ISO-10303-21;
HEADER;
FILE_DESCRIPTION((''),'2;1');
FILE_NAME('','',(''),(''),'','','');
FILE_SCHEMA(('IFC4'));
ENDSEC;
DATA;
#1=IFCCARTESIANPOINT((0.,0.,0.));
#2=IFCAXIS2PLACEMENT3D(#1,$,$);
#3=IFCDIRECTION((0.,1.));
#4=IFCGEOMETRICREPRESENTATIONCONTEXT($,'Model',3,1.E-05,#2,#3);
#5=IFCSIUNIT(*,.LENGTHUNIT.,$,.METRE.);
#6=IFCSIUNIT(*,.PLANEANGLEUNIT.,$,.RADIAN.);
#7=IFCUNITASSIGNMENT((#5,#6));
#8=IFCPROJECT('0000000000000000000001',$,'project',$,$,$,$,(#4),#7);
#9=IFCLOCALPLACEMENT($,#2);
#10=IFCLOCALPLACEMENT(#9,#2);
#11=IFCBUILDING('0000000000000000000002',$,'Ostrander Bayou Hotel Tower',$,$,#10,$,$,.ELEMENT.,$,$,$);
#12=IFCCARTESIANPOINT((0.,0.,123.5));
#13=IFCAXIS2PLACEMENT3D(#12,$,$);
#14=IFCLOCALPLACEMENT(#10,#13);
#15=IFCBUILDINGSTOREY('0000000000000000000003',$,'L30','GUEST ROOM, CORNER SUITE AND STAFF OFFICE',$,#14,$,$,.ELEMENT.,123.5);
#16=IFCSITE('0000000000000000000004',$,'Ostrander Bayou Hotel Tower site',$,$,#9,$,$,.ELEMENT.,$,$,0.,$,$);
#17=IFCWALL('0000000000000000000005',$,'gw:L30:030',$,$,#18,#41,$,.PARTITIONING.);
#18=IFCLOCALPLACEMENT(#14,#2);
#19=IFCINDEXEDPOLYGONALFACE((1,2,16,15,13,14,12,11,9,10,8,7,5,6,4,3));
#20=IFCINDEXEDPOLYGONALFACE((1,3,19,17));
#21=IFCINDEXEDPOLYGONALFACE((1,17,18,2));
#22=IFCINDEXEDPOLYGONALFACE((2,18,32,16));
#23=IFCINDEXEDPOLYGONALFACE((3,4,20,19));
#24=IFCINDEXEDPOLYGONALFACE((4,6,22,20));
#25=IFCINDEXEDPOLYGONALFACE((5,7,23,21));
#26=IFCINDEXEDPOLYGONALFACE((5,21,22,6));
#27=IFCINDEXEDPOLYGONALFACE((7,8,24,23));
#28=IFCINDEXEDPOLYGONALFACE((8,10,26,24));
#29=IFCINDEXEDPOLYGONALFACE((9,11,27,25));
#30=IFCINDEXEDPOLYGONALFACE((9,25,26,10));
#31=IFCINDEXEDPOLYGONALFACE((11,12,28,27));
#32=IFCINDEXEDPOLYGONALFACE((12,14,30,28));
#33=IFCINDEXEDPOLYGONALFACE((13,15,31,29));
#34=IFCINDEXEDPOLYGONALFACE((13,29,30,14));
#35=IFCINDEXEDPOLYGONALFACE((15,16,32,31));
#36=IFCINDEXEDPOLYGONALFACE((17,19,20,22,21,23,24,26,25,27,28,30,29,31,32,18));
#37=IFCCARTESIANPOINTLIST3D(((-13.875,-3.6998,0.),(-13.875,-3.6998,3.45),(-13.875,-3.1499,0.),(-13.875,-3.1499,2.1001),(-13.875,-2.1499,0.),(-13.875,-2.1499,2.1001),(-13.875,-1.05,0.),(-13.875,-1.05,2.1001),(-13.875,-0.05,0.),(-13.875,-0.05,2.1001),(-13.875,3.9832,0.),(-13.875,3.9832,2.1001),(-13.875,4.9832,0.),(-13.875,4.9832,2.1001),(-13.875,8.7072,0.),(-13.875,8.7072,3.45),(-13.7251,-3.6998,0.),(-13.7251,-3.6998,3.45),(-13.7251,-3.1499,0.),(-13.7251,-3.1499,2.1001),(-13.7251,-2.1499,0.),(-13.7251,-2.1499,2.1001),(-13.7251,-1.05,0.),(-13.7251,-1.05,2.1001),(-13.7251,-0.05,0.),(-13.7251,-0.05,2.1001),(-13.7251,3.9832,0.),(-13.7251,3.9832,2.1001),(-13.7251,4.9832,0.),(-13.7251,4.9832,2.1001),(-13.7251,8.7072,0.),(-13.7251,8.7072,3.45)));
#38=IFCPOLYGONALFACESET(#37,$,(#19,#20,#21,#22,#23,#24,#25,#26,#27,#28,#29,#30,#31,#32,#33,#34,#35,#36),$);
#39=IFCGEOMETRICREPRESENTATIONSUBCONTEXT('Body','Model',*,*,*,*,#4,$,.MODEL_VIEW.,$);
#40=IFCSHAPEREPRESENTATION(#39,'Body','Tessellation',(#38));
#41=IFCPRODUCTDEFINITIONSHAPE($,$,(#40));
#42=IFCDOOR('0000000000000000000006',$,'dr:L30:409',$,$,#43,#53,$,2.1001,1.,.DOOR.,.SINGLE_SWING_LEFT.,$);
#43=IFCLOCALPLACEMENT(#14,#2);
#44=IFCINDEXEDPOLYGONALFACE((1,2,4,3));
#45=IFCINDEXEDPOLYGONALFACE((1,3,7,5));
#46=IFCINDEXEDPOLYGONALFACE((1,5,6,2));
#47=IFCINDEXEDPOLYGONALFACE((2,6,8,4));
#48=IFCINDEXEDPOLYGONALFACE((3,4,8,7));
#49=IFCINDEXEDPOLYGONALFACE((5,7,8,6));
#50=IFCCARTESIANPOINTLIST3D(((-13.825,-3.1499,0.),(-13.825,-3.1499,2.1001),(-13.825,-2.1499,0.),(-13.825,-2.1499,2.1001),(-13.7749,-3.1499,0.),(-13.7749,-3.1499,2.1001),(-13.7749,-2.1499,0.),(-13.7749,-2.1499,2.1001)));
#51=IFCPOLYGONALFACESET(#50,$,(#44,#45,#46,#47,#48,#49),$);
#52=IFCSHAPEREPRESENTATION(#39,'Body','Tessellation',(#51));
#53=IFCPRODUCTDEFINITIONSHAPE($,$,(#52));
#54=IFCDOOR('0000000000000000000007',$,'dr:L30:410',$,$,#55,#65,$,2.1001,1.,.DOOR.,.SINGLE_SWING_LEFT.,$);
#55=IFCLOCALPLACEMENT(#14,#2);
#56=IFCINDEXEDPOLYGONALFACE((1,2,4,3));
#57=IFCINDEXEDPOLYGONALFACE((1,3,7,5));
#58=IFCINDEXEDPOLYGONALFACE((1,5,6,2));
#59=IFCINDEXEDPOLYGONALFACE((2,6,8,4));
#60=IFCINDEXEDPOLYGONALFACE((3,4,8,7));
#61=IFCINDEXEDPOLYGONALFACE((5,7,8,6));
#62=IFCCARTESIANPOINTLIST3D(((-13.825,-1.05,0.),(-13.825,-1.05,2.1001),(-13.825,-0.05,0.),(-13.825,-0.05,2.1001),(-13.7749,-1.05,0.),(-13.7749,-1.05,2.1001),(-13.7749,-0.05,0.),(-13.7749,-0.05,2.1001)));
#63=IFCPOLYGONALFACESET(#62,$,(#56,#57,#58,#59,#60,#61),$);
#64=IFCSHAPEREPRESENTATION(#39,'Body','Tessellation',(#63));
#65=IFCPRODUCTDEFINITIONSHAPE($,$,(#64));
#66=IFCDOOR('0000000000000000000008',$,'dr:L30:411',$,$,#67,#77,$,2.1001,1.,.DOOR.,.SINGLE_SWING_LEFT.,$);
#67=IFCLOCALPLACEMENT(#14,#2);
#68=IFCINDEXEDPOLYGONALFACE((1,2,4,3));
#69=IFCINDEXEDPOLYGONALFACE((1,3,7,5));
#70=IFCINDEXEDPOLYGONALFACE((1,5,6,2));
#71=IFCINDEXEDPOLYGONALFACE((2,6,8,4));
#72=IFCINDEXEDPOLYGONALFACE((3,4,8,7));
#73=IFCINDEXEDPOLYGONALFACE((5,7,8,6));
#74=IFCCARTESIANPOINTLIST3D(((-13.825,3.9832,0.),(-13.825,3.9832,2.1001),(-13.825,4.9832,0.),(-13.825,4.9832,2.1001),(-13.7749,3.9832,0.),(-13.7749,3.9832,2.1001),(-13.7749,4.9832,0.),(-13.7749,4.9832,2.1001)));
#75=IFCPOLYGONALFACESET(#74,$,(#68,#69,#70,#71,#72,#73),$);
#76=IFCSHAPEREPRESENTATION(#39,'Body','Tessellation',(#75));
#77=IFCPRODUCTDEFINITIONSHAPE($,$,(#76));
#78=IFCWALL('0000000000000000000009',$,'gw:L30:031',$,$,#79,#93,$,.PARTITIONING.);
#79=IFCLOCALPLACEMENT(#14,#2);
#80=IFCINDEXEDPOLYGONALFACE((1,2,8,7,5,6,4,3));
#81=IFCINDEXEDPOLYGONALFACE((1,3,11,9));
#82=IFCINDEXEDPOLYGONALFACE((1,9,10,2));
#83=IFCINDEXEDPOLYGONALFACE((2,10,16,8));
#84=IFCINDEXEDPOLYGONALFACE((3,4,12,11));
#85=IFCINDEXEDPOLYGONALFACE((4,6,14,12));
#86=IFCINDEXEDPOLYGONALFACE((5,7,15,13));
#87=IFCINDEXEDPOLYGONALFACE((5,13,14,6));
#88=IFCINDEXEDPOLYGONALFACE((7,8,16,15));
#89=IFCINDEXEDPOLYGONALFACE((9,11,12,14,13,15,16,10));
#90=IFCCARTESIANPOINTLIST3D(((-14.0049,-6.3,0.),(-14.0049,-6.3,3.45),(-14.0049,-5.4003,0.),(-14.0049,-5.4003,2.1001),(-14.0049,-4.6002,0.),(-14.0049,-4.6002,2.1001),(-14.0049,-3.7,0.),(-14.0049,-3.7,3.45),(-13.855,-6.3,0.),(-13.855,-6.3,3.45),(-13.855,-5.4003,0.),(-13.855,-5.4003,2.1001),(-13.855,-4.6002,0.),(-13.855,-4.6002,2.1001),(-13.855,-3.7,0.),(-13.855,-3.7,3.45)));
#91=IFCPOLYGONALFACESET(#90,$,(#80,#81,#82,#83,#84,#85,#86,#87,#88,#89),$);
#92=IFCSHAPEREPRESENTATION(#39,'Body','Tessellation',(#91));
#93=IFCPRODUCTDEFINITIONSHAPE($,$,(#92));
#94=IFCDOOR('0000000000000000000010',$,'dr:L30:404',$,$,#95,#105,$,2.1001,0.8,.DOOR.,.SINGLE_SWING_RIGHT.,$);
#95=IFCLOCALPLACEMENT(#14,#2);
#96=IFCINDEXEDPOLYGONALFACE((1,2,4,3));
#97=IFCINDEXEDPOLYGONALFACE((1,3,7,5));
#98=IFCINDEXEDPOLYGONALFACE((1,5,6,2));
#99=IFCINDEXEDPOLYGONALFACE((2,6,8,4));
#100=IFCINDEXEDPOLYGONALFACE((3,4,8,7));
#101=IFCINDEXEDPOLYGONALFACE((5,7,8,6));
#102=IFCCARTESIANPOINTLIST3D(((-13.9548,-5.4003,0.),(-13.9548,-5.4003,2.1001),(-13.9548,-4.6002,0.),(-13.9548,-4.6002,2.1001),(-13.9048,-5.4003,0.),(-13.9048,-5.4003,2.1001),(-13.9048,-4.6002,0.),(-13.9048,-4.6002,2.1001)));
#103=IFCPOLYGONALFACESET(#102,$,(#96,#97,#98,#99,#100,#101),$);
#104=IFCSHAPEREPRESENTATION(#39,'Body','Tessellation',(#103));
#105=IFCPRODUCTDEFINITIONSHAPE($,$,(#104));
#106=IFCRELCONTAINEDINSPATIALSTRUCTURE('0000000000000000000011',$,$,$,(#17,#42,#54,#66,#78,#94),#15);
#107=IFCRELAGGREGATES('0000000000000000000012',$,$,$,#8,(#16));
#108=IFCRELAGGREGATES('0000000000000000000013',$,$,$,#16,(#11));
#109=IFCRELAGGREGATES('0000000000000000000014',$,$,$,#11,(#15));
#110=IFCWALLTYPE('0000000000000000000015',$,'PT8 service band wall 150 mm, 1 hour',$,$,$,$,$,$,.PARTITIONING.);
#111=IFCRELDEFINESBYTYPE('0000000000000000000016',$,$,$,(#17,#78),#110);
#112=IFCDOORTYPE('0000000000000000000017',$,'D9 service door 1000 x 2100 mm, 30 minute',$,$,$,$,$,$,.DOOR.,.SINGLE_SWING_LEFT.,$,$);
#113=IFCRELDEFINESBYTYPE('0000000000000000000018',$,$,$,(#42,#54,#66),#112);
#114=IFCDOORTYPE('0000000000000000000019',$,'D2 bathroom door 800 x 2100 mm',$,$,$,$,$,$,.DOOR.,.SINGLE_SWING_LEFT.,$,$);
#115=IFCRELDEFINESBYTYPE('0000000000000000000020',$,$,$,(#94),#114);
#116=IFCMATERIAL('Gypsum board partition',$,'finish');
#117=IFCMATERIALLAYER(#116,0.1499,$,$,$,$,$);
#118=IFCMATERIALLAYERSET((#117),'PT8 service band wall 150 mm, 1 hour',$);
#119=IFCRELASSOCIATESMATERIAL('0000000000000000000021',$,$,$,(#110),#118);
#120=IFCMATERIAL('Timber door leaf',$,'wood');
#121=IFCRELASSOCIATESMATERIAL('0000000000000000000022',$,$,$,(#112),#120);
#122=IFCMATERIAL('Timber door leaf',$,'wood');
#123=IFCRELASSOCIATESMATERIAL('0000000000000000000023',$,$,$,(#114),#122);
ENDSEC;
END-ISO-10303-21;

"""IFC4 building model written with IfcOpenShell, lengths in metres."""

from ifc_helpers import new_model, si_unit, direction, frame, frame_2d, origin, place, context, subcontext, project, spatial, rectangle, extrude, material, layer, layer_set, type_object, element, fill, save


model = new_model("IFC4")

# Units and contexts
model_context = context("Model", 3, precision=1e-05, world=origin(), true_north=direction((0.0, 1.0)))
body_context = subcontext(model_context, "Body", "Model", "MODEL_VIEW")
ifc_project = project(units=[si_unit("LENGTHUNIT", "METRE"), si_unit("PLANEANGLEUNIT", "RADIAN")], contexts=[model_context])

# Site, building, storey
site_placement = place(None, origin())
site = spatial("IfcSite", under=ifc_project, at=site_placement, Name="Ostrander Bayou Hotel Tower site", CompositionType="ELEMENT", RefElevation=0.0)
building_placement = place(site_placement, origin())
building = spatial("IfcBuilding", under=site, at=building_placement, Name="Ostrander Bayou Hotel Tower", CompositionType="ELEMENT")
storey_placement = place(building_placement, frame((0.0, 0.0, 123.5)))
storey = spatial("IfcBuildingStorey", under=building, at=storey_placement, Name="L30", Description="GUEST ROOM, CORNER SUITE AND STAFF OFFICE", CompositionType="ELEMENT", Elevation=123.5)

# Shared definitions
ifc_material_1 = material(Name="Gypsum board partition", Category="finish")
ifc_layer_1 = layer(ifc_material_1, 0.1499)
ifc_layer_set_1 = layer_set([ifc_layer_1], Name="PT8 service band wall 150 mm, 1 hour")
wall_type_1 = type_object("IfcWallType", Name="PT8 service band wall 150 mm, 1 hour", PredefinedType="PARTITIONING", material=ifc_layer_set_1)

# Wall, openings, doors
wall_1_placement = place(storey_placement, frame((-13.8, -3.7, 0.0), z_axis=(0.0, 0.0, 1.0), x_axis=(0.0, 1.0, 0.0)))
wall_1 = element("IfcWall", 1, at=wall_1_placement, inside=storey, type_object=wall_type_1, Name="gw:L30:030", PredefinedType="PARTITIONING", context=body_context, shape_type="SweptSolid", body=[
    extrude(rectangle(XDim=12.407, YDim=0.1499, at=frame_2d((6.2036, 0.0))), origin(), (0.0, 0.0, 1.0), 3.45),
])
opening_1_placement = place(wall_1_placement, frame((0.55, 0.0, 0.0)))
opening_1 = element("IfcOpeningElement", 2, at=opening_1_placement, cuts=wall_1, PredefinedType="OPENING", context=body_context, shape_type="SweptSolid", body=[
    extrude(rectangle(XDim=1.0, YDim=2.1001, at=frame_2d((0.5, 1.05))), frame((0.0, 0.075, 0.0), z_axis=(0.0, -1.0, 0.0), x_axis=(1.0, 0.0, 0.0)), (0.0, 0.0, 1.0), 0.1499),
])
opening_2_placement = place(wall_1_placement, frame((2.6499, 0.0, 0.0)))
opening_2 = element("IfcOpeningElement", 3, at=opening_2_placement, cuts=wall_1, PredefinedType="OPENING", context=body_context, shape_type="SweptSolid", body=[
    extrude(rectangle(XDim=1.0, YDim=2.1001, at=frame_2d((0.5, 1.05))), frame((0.0, 0.075, 0.0), z_axis=(0.0, -1.0, 0.0), x_axis=(1.0, 0.0, 0.0)), (0.0, 0.0, 1.0), 0.1499),
])
opening_3_placement = place(wall_1_placement, frame((7.6831, 0.0, 0.0)))
opening_3 = element("IfcOpeningElement", 4, at=opening_3_placement, cuts=wall_1, PredefinedType="OPENING", context=body_context, shape_type="SweptSolid", body=[
    extrude(rectangle(XDim=1.0, YDim=2.1001, at=frame_2d((0.5, 1.05))), frame((0.0, 0.075, 0.0), z_axis=(0.0, -1.0, 0.0), x_axis=(1.0, 0.0, 0.0)), (0.0, 0.0, 1.0), 0.1499),
])
ifc_material_2 = material(Name="Timber door leaf", Category="wood")
door_type_1 = type_object("IfcDoorType", Name="D9 service door 1000 x 2100 mm, 30 minute", OperationType="SINGLE_SWING_LEFT", PredefinedType="DOOR", material=ifc_material_2)
door_1_placement = place(opening_1_placement, origin())
door_1 = element("IfcDoor", 5, at=door_1_placement, inside=storey, type_object=door_type_1, Name="dr:L30:409", OperationType="SINGLE_SWING_LEFT", OverallHeight=2.1001, OverallWidth=1.0, PredefinedType="DOOR", context=body_context, shape_type="SweptSolid", body=[
    extrude(rectangle(XDim=1.0, YDim=2.1001, at=frame_2d((0.5, 1.05))), frame((0.0, 0.0249, 0.0), z_axis=(0.0, -1.0, 0.0), x_axis=(1.0, 0.0, 0.0)), (0.0, 0.0, 1.0), 0.05),
])
fill(opening_1, door_1)
door_2_placement = place(opening_2_placement, origin())
door_2 = element("IfcDoor", 6, at=door_2_placement, inside=storey, type_object=door_type_1, Name="dr:L30:410", OperationType="SINGLE_SWING_LEFT", OverallHeight=2.1001, OverallWidth=1.0, PredefinedType="DOOR", context=body_context, shape_type="SweptSolid", body=[
    extrude(rectangle(XDim=1.0, YDim=2.1001, at=frame_2d((0.5, 1.05))), frame((0.0, 0.0249, 0.0), z_axis=(0.0, -1.0, 0.0), x_axis=(1.0, 0.0, 0.0)), (0.0, 0.0, 1.0), 0.05),
])
fill(opening_2, door_2)
door_3_placement = place(opening_3_placement, origin())
door_3 = element("IfcDoor", 7, at=door_3_placement, inside=storey, type_object=door_type_1, Name="dr:L30:411", OperationType="SINGLE_SWING_LEFT", OverallHeight=2.1001, OverallWidth=1.0, PredefinedType="DOOR", context=body_context, shape_type="SweptSolid", body=[
    extrude(rectangle(XDim=1.0, YDim=2.1001, at=frame_2d((0.5, 1.05))), frame((0.0, 0.0249, 0.0), z_axis=(0.0, -1.0, 0.0), x_axis=(1.0, 0.0, 0.0)), (0.0, 0.0, 1.0), 0.05),
])
fill(opening_3, door_3)

# Wall, opening, door
wall_2_placement = place(storey_placement, frame((-13.9299, -6.3, 0.0), z_axis=(0.0, 0.0, 1.0), x_axis=(0.0, 1.0, 0.0)))
wall_2 = element("IfcWall", 8, at=wall_2_placement, inside=storey, type_object=wall_type_1, Name="gw:L30:031", PredefinedType="PARTITIONING", context=body_context, shape_type="SweptSolid", body=[
    extrude(rectangle(XDim=2.6001, YDim=0.1499, at=frame_2d((1.3, 0.0))), origin(), (0.0, 0.0, 1.0), 3.45),
])
opening_4_placement = place(wall_2_placement, frame((0.8999, 0.0, 0.0)))
opening_4 = element("IfcOpeningElement", 9, at=opening_4_placement, cuts=wall_2, PredefinedType="OPENING", context=body_context, shape_type="SweptSolid", body=[
    extrude(rectangle(XDim=0.8, YDim=2.1001, at=frame_2d((0.3999, 1.05))), frame((0.0, 0.075, 0.0), z_axis=(0.0, -1.0, 0.0), x_axis=(1.0, 0.0, 0.0)), (0.0, 0.0, 1.0), 0.1499),
])
ifc_material_3 = material(Name="Timber door leaf", Category="wood")
door_type_2 = type_object("IfcDoorType", Name="D2 bathroom door 800 x 2100 mm", OperationType="SINGLE_SWING_LEFT", PredefinedType="DOOR", material=ifc_material_3)
door_4_placement = place(opening_4_placement, origin())
door_4 = element("IfcDoor", 10, at=door_4_placement, inside=storey, type_object=door_type_2, Name="dr:L30:404", OperationType="SINGLE_SWING_RIGHT", OverallHeight=2.1001, OverallWidth=0.8, PredefinedType="DOOR", context=body_context, shape_type="SweptSolid", body=[
    extrude(rectangle(XDim=0.8, YDim=2.1001, at=frame_2d((0.3999, 1.05))), frame((0.0, 0.0249, 0.0), z_axis=(0.0, -1.0, 0.0), x_axis=(1.0, 0.0, 0.0)), (0.0, 0.0, 1.0), 0.05),
])
fill(opening_4, door_4)

save(model, "model.ifc")
